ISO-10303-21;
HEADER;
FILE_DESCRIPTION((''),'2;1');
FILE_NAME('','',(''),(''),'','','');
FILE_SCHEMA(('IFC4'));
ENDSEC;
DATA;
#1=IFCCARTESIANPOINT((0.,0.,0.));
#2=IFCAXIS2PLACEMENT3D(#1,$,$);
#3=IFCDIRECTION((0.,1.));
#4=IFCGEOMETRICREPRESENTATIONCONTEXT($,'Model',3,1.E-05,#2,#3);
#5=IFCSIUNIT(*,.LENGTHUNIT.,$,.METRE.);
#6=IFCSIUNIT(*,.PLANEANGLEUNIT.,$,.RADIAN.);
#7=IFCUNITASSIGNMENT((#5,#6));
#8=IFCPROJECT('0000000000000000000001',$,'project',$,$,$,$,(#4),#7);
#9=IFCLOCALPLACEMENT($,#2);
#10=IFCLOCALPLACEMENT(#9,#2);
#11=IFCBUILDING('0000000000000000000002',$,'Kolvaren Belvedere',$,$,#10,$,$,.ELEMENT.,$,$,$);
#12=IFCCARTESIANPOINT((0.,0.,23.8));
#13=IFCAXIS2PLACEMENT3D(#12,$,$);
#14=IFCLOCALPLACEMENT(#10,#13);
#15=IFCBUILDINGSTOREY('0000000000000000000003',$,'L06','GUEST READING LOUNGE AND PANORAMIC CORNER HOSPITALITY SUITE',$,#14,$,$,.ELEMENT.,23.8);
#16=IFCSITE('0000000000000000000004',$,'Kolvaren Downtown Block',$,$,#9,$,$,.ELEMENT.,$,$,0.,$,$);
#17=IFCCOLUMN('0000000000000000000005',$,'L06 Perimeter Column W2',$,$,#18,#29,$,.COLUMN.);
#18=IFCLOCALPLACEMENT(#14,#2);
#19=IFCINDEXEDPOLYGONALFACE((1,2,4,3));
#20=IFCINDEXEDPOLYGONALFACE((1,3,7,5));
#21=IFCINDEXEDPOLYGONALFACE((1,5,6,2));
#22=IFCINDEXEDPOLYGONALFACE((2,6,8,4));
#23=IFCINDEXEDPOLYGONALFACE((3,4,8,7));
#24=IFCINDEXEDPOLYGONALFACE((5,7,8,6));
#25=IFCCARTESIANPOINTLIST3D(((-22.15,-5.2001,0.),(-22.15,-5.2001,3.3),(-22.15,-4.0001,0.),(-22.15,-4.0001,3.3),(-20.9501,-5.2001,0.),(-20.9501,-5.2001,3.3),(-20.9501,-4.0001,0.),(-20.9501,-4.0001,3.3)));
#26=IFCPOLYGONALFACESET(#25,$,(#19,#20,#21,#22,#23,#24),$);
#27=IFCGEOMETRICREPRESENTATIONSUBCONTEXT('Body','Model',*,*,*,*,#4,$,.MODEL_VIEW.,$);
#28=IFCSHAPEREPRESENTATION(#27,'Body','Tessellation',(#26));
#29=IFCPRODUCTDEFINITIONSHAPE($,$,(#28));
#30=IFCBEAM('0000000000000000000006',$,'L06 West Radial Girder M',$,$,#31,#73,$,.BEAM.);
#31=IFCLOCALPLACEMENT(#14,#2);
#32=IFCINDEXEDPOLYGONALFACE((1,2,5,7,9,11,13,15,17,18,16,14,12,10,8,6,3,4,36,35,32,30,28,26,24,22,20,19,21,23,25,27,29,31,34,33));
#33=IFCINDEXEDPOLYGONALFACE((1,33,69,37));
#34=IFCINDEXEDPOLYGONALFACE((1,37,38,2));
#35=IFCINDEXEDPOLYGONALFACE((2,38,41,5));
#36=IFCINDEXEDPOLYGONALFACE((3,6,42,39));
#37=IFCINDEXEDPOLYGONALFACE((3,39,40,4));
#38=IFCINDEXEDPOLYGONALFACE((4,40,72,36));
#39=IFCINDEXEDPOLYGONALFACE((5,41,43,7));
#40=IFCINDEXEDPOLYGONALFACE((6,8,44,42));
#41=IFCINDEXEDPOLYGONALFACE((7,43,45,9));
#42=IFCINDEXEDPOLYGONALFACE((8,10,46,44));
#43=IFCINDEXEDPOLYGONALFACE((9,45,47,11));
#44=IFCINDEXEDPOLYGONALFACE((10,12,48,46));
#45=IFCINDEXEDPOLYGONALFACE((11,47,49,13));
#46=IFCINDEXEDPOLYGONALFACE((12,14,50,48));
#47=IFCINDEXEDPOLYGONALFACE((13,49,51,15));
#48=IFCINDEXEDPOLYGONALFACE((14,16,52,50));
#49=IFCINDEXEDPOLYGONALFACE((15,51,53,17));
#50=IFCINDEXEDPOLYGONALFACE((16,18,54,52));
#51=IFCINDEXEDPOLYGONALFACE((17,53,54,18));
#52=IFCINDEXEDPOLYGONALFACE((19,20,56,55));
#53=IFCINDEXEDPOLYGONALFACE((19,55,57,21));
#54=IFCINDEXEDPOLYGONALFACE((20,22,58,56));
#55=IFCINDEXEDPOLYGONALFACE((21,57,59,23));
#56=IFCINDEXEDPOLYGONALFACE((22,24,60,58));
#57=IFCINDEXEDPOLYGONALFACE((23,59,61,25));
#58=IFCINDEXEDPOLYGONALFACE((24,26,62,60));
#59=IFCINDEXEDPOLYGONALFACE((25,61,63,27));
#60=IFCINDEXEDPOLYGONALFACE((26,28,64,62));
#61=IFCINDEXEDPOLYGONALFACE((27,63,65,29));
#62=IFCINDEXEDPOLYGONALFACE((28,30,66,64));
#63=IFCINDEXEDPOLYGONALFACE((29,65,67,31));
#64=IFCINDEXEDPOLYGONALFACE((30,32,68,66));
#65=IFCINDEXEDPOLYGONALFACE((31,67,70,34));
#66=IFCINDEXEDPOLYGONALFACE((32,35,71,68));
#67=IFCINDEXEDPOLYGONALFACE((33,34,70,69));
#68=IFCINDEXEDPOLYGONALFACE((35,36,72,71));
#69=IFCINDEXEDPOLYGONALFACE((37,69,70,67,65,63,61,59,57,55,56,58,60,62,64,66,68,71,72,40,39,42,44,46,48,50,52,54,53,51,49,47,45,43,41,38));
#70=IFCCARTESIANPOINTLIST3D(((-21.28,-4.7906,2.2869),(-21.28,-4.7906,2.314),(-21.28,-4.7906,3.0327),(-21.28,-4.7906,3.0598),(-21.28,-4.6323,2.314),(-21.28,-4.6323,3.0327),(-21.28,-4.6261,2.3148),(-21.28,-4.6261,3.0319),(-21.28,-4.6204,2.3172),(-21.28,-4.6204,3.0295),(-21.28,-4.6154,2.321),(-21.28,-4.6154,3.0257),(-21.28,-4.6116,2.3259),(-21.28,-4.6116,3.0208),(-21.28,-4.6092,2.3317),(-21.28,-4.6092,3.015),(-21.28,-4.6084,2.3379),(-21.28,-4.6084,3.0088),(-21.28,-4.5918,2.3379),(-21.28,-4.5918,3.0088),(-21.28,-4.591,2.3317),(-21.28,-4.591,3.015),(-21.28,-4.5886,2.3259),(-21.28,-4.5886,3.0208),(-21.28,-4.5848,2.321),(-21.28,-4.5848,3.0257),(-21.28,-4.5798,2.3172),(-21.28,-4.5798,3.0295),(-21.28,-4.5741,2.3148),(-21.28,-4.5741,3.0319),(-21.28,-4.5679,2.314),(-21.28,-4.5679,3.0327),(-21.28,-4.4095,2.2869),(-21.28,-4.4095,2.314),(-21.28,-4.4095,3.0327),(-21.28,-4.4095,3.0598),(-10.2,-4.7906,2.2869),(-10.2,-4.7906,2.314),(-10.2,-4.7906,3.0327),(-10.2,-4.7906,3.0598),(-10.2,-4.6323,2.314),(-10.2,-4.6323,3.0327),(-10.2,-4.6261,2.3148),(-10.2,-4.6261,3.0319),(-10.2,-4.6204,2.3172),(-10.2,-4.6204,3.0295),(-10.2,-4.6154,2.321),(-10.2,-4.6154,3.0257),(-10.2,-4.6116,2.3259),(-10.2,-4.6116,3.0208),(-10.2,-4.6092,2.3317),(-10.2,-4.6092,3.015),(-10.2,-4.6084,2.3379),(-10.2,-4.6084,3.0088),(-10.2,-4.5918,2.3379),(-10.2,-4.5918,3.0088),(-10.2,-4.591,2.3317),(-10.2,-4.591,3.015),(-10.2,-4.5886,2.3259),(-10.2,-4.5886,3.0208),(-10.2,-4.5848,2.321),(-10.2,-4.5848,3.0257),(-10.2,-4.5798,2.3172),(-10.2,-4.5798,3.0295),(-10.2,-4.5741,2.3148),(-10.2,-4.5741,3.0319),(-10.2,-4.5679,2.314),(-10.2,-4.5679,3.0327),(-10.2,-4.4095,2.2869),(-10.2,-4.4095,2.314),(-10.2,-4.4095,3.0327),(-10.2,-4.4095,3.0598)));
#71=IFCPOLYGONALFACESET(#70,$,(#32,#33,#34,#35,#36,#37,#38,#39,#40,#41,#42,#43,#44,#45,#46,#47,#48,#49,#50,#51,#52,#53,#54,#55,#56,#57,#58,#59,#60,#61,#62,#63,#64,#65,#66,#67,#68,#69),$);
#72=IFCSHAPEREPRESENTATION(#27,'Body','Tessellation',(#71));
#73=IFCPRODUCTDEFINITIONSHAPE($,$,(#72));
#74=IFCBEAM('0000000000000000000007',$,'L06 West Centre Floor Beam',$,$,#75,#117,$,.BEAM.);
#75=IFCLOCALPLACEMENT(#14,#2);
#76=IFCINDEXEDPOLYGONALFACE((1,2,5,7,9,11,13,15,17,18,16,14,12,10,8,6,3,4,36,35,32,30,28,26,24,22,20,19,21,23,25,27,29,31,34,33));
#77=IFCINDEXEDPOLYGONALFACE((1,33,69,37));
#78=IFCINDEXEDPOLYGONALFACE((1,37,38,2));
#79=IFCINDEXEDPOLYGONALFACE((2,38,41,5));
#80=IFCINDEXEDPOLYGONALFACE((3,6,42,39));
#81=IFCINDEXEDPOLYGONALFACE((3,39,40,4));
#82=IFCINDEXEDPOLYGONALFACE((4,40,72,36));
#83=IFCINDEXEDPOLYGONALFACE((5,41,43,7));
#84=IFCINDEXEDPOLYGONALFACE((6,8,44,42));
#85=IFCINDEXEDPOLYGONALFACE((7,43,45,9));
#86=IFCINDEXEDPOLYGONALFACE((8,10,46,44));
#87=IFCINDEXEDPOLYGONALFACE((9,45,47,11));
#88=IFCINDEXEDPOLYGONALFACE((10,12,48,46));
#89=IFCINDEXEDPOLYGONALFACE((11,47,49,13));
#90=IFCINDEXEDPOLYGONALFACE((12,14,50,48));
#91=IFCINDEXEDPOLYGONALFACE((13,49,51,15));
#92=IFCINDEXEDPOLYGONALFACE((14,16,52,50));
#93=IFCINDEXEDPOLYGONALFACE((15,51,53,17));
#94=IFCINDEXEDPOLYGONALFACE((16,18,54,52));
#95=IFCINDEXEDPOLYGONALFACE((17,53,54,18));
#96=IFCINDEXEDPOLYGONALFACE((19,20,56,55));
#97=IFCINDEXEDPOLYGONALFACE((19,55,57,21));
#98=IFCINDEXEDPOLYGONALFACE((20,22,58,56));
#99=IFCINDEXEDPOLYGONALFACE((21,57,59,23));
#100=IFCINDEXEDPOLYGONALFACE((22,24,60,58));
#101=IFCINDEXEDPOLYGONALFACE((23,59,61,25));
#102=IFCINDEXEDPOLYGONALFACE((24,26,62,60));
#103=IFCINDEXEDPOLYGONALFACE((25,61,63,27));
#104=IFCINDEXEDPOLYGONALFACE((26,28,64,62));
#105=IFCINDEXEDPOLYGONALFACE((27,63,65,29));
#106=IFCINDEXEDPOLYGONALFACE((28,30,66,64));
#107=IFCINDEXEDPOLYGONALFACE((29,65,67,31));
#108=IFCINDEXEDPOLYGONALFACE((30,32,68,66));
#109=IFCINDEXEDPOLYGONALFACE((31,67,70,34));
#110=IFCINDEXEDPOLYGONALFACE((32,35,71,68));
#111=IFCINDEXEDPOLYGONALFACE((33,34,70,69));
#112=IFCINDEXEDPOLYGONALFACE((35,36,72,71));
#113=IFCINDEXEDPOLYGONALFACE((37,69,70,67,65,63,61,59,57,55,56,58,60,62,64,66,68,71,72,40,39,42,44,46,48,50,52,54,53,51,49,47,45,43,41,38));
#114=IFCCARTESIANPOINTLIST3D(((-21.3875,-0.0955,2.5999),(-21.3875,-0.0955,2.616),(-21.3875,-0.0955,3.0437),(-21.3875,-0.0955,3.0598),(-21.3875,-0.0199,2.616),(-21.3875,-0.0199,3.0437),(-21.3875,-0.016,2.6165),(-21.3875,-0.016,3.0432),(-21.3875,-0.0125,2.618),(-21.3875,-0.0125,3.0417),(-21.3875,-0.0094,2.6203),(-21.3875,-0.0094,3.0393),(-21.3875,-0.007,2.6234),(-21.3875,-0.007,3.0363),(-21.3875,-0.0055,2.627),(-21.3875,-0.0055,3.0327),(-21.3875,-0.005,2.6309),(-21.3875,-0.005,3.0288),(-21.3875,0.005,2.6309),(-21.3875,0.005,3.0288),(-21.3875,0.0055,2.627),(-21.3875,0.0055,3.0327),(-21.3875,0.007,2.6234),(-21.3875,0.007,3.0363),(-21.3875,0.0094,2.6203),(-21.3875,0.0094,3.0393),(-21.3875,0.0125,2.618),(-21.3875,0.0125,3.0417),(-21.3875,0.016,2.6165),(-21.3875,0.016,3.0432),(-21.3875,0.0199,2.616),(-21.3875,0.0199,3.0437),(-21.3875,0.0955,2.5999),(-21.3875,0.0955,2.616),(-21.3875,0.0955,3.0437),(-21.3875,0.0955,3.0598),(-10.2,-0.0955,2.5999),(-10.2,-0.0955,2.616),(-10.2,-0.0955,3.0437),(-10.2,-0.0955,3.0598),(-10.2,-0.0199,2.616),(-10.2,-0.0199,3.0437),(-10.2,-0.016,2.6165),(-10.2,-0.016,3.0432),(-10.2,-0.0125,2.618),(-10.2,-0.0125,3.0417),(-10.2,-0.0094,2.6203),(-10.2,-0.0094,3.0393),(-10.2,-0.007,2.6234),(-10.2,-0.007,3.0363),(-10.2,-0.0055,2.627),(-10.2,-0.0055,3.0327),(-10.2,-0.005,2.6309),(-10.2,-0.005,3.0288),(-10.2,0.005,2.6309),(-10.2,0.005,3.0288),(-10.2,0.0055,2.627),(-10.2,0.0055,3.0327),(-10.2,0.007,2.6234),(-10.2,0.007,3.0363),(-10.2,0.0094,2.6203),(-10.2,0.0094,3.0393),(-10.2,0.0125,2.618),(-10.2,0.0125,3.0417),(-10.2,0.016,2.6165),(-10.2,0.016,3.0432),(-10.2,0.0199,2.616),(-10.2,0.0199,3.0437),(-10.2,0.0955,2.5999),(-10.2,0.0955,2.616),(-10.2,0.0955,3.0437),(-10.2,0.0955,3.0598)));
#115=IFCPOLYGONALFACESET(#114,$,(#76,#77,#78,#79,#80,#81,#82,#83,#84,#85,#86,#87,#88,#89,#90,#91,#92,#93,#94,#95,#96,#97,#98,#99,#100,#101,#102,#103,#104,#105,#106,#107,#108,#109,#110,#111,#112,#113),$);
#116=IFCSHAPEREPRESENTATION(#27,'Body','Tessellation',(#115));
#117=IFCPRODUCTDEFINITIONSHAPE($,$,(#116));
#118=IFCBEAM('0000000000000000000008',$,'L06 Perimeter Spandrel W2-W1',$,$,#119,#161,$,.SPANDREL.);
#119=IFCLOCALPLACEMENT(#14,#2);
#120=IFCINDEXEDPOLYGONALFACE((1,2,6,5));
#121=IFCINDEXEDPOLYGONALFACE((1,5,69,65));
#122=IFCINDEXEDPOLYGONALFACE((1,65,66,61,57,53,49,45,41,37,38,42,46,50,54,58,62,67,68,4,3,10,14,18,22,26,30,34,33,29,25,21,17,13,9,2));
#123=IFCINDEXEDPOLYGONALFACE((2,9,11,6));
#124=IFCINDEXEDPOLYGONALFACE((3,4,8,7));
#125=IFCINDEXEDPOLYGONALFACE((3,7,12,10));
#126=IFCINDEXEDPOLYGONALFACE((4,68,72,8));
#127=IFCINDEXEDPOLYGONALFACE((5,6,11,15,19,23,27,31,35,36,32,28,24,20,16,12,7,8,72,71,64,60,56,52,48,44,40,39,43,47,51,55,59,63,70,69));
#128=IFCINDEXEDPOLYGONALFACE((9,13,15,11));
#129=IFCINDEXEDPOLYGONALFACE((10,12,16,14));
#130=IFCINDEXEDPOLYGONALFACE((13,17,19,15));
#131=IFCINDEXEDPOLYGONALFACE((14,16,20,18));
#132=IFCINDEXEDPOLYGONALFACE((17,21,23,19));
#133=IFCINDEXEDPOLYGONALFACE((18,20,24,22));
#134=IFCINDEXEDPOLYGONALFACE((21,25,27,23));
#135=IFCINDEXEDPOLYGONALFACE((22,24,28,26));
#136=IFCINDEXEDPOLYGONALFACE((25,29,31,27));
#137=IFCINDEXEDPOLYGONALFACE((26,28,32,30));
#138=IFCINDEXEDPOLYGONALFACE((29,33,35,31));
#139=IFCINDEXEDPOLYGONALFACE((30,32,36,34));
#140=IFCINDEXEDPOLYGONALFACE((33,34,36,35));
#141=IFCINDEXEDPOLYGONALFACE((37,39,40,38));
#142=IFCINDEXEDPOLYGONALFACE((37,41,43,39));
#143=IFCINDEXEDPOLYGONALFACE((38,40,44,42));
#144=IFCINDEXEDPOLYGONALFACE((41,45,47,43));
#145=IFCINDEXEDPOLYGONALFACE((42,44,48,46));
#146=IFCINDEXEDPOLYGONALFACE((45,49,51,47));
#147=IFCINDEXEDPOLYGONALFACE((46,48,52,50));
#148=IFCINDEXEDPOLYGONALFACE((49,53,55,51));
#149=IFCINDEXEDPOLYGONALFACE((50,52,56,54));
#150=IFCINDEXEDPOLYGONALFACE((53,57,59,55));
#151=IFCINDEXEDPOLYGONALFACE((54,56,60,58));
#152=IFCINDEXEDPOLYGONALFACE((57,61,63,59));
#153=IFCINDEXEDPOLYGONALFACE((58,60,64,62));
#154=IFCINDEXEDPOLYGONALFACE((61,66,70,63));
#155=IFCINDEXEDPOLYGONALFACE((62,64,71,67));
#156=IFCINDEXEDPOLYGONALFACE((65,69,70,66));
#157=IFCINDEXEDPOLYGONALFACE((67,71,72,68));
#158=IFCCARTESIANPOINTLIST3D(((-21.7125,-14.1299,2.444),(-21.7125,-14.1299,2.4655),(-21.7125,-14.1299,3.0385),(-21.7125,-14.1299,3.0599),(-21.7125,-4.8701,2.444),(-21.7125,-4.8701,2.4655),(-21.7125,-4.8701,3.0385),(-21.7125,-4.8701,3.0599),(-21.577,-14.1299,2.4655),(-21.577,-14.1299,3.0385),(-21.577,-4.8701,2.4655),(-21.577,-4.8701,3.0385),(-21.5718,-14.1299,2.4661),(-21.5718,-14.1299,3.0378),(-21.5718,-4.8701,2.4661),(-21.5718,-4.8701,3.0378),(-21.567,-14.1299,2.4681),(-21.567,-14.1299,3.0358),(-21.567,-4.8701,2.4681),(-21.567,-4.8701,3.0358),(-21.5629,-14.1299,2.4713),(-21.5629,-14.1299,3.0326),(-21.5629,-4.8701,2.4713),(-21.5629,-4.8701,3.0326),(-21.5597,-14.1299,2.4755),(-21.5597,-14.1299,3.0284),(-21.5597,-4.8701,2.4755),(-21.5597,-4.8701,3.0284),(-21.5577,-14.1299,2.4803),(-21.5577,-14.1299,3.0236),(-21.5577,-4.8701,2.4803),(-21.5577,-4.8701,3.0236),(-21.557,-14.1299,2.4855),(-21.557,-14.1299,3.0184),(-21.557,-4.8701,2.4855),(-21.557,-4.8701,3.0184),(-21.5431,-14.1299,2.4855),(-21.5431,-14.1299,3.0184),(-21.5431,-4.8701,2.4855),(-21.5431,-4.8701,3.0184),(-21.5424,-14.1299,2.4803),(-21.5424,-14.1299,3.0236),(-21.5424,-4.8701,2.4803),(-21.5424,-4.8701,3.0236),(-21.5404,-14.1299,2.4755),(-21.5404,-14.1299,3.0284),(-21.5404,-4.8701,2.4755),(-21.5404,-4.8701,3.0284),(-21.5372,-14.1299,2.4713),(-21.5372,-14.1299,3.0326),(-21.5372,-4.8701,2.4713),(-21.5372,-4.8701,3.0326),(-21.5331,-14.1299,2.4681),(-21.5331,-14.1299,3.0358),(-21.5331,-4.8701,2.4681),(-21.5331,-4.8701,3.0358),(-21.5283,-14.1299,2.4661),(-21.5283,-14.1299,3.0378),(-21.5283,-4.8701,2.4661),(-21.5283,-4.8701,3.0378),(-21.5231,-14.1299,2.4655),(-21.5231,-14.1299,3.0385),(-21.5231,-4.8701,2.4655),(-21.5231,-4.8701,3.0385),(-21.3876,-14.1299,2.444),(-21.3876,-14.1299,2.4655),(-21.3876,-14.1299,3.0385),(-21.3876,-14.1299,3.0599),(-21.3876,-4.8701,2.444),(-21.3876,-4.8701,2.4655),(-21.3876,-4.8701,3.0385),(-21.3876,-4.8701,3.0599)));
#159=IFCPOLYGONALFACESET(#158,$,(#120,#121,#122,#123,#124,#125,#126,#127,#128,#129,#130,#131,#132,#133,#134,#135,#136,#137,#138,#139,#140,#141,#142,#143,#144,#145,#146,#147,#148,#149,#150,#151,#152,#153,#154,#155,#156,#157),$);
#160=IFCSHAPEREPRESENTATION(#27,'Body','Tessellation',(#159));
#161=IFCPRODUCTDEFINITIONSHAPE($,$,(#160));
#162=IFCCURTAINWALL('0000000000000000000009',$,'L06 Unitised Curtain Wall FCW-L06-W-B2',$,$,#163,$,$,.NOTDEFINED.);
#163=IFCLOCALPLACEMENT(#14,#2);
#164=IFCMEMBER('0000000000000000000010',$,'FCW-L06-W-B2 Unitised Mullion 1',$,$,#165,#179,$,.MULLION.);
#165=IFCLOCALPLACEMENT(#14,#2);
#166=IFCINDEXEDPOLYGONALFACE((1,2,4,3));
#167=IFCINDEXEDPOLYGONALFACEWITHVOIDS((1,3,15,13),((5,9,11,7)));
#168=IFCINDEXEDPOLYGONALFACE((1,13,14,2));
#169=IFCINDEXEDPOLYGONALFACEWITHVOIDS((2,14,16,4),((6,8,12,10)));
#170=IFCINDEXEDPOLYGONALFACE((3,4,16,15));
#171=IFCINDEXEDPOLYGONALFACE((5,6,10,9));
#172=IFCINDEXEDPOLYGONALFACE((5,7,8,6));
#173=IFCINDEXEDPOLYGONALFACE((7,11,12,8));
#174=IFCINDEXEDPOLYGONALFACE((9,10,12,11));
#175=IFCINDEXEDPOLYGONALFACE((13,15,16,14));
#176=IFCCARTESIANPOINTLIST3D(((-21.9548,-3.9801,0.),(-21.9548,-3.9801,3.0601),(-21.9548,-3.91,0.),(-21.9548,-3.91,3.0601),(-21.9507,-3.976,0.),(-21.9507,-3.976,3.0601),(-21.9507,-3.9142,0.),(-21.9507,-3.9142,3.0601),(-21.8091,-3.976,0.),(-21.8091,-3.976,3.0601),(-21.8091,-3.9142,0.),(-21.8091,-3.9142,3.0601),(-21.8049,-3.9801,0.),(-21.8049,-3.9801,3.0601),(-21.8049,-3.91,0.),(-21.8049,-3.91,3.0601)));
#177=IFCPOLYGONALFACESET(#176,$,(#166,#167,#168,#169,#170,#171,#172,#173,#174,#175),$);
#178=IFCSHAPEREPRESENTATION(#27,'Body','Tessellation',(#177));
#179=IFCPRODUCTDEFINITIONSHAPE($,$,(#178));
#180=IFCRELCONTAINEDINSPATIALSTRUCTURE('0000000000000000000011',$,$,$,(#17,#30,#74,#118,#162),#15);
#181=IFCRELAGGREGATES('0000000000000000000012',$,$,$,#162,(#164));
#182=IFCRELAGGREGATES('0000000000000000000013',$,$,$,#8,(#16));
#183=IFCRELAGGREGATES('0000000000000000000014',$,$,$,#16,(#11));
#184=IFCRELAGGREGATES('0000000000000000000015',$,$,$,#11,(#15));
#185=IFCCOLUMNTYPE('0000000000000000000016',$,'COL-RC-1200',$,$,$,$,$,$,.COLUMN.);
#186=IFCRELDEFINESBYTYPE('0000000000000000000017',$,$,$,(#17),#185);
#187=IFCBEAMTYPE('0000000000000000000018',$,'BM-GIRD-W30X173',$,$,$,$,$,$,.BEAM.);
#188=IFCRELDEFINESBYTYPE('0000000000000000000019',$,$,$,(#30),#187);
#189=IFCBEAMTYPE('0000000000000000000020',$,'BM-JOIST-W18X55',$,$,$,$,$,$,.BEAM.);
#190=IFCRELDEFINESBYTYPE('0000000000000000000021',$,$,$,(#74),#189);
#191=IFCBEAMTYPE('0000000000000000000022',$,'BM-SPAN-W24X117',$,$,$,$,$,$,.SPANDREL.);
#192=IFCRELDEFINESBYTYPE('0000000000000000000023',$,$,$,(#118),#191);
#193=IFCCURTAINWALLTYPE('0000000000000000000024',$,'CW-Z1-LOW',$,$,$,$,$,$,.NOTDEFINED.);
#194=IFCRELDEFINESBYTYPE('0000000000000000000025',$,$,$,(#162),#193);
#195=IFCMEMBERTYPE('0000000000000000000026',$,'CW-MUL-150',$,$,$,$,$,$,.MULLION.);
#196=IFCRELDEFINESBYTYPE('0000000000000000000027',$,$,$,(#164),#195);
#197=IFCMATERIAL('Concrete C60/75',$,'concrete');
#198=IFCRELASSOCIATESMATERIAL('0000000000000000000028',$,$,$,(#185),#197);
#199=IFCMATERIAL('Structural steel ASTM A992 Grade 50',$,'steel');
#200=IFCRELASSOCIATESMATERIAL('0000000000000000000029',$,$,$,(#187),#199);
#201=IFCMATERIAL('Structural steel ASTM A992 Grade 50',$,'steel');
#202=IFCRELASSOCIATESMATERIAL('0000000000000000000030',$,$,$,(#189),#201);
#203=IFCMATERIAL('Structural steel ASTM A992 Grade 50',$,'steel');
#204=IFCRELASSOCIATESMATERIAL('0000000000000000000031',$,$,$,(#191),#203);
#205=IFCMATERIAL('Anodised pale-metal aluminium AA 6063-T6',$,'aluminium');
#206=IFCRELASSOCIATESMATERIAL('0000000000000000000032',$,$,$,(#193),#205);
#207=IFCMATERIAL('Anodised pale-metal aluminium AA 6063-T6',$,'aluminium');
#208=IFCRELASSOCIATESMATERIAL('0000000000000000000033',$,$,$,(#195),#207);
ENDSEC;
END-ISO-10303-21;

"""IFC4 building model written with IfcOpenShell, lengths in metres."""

from ifc_helpers import new_model, si_unit, direction, frame, origin, origin_2d, place, context, subcontext, project, spatial, rectangle, hollow_rectangle, i_section, extrude, material, material_profile, profile_set, type_object, element, aggregate, save


model = new_model("IFC4")

# Units and contexts
model_context = context("Model", 3, precision=1e-05, world=origin(), true_north=direction((0.0, 1.0)))
body_context = subcontext(model_context, "Body", "Model", "MODEL_VIEW")
ifc_project = project(units=[si_unit("LENGTHUNIT", "METRE"), si_unit("PLANEANGLEUNIT", "RADIAN")], contexts=[model_context])

# Site, building, storey
site_placement = place(None, origin())
site = spatial("IfcSite", under=ifc_project, at=site_placement, Name="Kolvaren Downtown Block", CompositionType="ELEMENT", RefElevation=0.0)
building_placement = place(site_placement, origin())
building = spatial("IfcBuilding", under=site, at=building_placement, Name="Kolvaren Belvedere", CompositionType="ELEMENT")
storey_placement = place(building_placement, frame((0.0, 0.0, 23.8)))
storey = spatial("IfcBuildingStorey", under=building, at=storey_placement, Name="L06", Description="GUEST READING LOUNGE AND PANORAMIC CORNER HOSPITALITY SUITE", CompositionType="ELEMENT", Elevation=23.8)

# Column
ifc_material_1 = material(Name="Concrete C60/75", Category="concrete")
ifc_material_profile_1 = material_profile(ifc_material_1, rectangle(XDim=1.2, YDim=1.2, at=origin_2d()), Name="RC 1200X1200")
ifc_profile_set_1 = profile_set([ifc_material_profile_1], Name="Concrete C60/75")
column_type = type_object("IfcColumnType", Name="COL-RC-1200", PredefinedType="COLUMN", material=ifc_profile_set_1)
column_placement = place(storey_placement, frame((-21.55, -4.6001, 0.0), z_axis=(0.0, 0.0, 1.0), x_axis=(1.0, 0.0, 0.0)))
element("IfcColumn", 1, at=column_placement, inside=storey, type_object=column_type, Name="L06 Perimeter Column W2", PredefinedType="COLUMN", context=body_context, shape_type="SweptSolid", body=[
    extrude(rectangle(XDim=1.2, YDim=1.2, at=origin_2d()), origin(), (0.0, 0.0, 1.0), 3.3),
])

# Beams
ifc_material_2 = material(Name="Structural steel ASTM A992 Grade 50", Category="steel")
ifc_material_profile_2 = material_profile(ifc_material_2, i_section(OverallWidth=0.3811, OverallDepth=0.7729, WebThickness=0.0166, FlangeThickness=0.0271, FilletRadius=0.0239, at=origin_2d()), Name="W30X173")
ifc_profile_set_2 = profile_set([ifc_material_profile_2], Name="Structural steel ASTM A992 Grade 50")
beam_type_1 = type_object("IfcBeamType", Name="BM-GIRD-W30X173", PredefinedType="BEAM", material=ifc_profile_set_2)
beam_1_placement = place(storey_placement, frame((-10.2, -4.6001, 2.6733), z_axis=(-1.0, 0.0, 0.0), x_axis=(0.0, -1.0, 0.0)))
element("IfcBeam", 2, at=beam_1_placement, inside=storey, type_object=beam_type_1, Name="L06 West Radial Girder M", PredefinedType="BEAM", context=body_context, shape_type="SweptSolid", body=[
    extrude(i_section(OverallWidth=0.3811, OverallDepth=0.7729, WebThickness=0.0166, FlangeThickness=0.0271, FilletRadius=0.0239, at=origin_2d()), origin(), (0.0, 0.0, 1.0), 11.0801),
])
ifc_material_3 = material(Name="Structural steel ASTM A992 Grade 50", Category="steel")
ifc_material_profile_3 = material_profile(ifc_material_3, i_section(OverallWidth=0.1909, OverallDepth=0.46, WebThickness=0.01, FlangeThickness=0.0161, FilletRadius=0.0149, at=origin_2d()), Name="W18X55")
ifc_profile_set_3 = profile_set([ifc_material_profile_3], Name="Structural steel ASTM A992 Grade 50")
beam_type_2 = type_object("IfcBeamType", Name="BM-JOIST-W18X55", PredefinedType="BEAM", material=ifc_profile_set_3)
beam_2_placement = place(storey_placement, frame((-10.2, 0.0, 2.8298), z_axis=(-1.0, 0.0, 0.0), x_axis=(0.0, -1.0, 0.0)))
element("IfcBeam", 3, at=beam_2_placement, inside=storey, type_object=beam_type_2, Name="L06 West Centre Floor Beam", PredefinedType="BEAM", context=body_context, shape_type="SweptSolid", body=[
    extrude(i_section(OverallWidth=0.1909, OverallDepth=0.46, WebThickness=0.01, FlangeThickness=0.0161, FilletRadius=0.0149, at=origin_2d()), origin(), (0.0, 0.0, 1.0), 11.1875),
])
ifc_material_4 = material(Name="Structural steel ASTM A992 Grade 50", Category="steel")
ifc_material_profile_4 = material_profile(ifc_material_4, i_section(OverallWidth=0.325, OverallDepth=0.616, WebThickness=0.0139, FlangeThickness=0.0215, FilletRadius=0.02, at=origin_2d()), Name="W24X117")
ifc_profile_set_4 = profile_set([ifc_material_profile_4], Name="Structural steel ASTM A992 Grade 50")
beam_type_3 = type_object("IfcBeamType", Name="BM-SPAN-W24X117", PredefinedType="SPANDREL", material=ifc_profile_set_4)
beam_3_placement = place(storey_placement, frame((-21.55, -4.8701, 2.752), z_axis=(0.0, -1.0, 0.0), x_axis=(1.0, 0.0, 0.0)))
element("IfcBeam", 4, at=beam_3_placement, inside=storey, type_object=beam_type_3, Name="L06 Perimeter Spandrel W2-W1", PredefinedType="SPANDREL", context=body_context, shape_type="SweptSolid", body=[
    extrude(i_section(OverallWidth=0.325, OverallDepth=0.616, WebThickness=0.0139, FlangeThickness=0.0215, FilletRadius=0.02, at=origin_2d()), origin(), (0.0, 0.0, 1.0), 9.2598),
])

# Curtain wall, member
ifc_material_5 = material(Name="Anodised pale-metal aluminium AA 6063-T6", Category="aluminium")
curtain_wall_type = type_object("IfcCurtainWallType", Name="CW-Z1-LOW", PredefinedType="NOTDEFINED", material=ifc_material_5)
curtain_wall_placement = place(storey_placement, origin())
curtain_wall = element("IfcCurtainWall", 5, at=curtain_wall_placement, inside=storey, type_object=curtain_wall_type, Name="L06 Unitised Curtain Wall FCW-L06-W-B2", PredefinedType="NOTDEFINED")
ifc_material_6 = material(Name="Anodised pale-metal aluminium AA 6063-T6", Category="aluminium")
ifc_material_profile_5 = material_profile(ifc_material_6, hollow_rectangle(XDim=0.0701, YDim=0.1499, WallThickness=0.0042, at=origin_2d()), Name="ALU-MUL-150X70")
ifc_profile_set_5 = profile_set([ifc_material_profile_5], Name="Anodised pale-metal aluminium AA 6063-T6")
member_type_1 = type_object("IfcMemberType", Name="CW-MUL-150", PredefinedType="MULLION", material=ifc_profile_set_5)
member_1_placement = place(storey_placement, frame((-21.8799, -3.9451, 0.0), z_axis=(0.0, 0.0, 1.0), x_axis=(0.0, 1.0, 0.0)))
member_1 = element("IfcMember", 6, at=member_1_placement, type_object=member_type_1, Name="FCW-L06-W-B2 Unitised Mullion 1", PredefinedType="MULLION", context=body_context, shape_type="SweptSolid", body=[
    extrude(hollow_rectangle(XDim=0.0701, YDim=0.1499, WallThickness=0.0042, at=origin_2d()), origin(), (0.0, 0.0, 1.0), 3.0601),
])
aggregate(curtain_wall, [member_1])

save(model, "model.ifc")
